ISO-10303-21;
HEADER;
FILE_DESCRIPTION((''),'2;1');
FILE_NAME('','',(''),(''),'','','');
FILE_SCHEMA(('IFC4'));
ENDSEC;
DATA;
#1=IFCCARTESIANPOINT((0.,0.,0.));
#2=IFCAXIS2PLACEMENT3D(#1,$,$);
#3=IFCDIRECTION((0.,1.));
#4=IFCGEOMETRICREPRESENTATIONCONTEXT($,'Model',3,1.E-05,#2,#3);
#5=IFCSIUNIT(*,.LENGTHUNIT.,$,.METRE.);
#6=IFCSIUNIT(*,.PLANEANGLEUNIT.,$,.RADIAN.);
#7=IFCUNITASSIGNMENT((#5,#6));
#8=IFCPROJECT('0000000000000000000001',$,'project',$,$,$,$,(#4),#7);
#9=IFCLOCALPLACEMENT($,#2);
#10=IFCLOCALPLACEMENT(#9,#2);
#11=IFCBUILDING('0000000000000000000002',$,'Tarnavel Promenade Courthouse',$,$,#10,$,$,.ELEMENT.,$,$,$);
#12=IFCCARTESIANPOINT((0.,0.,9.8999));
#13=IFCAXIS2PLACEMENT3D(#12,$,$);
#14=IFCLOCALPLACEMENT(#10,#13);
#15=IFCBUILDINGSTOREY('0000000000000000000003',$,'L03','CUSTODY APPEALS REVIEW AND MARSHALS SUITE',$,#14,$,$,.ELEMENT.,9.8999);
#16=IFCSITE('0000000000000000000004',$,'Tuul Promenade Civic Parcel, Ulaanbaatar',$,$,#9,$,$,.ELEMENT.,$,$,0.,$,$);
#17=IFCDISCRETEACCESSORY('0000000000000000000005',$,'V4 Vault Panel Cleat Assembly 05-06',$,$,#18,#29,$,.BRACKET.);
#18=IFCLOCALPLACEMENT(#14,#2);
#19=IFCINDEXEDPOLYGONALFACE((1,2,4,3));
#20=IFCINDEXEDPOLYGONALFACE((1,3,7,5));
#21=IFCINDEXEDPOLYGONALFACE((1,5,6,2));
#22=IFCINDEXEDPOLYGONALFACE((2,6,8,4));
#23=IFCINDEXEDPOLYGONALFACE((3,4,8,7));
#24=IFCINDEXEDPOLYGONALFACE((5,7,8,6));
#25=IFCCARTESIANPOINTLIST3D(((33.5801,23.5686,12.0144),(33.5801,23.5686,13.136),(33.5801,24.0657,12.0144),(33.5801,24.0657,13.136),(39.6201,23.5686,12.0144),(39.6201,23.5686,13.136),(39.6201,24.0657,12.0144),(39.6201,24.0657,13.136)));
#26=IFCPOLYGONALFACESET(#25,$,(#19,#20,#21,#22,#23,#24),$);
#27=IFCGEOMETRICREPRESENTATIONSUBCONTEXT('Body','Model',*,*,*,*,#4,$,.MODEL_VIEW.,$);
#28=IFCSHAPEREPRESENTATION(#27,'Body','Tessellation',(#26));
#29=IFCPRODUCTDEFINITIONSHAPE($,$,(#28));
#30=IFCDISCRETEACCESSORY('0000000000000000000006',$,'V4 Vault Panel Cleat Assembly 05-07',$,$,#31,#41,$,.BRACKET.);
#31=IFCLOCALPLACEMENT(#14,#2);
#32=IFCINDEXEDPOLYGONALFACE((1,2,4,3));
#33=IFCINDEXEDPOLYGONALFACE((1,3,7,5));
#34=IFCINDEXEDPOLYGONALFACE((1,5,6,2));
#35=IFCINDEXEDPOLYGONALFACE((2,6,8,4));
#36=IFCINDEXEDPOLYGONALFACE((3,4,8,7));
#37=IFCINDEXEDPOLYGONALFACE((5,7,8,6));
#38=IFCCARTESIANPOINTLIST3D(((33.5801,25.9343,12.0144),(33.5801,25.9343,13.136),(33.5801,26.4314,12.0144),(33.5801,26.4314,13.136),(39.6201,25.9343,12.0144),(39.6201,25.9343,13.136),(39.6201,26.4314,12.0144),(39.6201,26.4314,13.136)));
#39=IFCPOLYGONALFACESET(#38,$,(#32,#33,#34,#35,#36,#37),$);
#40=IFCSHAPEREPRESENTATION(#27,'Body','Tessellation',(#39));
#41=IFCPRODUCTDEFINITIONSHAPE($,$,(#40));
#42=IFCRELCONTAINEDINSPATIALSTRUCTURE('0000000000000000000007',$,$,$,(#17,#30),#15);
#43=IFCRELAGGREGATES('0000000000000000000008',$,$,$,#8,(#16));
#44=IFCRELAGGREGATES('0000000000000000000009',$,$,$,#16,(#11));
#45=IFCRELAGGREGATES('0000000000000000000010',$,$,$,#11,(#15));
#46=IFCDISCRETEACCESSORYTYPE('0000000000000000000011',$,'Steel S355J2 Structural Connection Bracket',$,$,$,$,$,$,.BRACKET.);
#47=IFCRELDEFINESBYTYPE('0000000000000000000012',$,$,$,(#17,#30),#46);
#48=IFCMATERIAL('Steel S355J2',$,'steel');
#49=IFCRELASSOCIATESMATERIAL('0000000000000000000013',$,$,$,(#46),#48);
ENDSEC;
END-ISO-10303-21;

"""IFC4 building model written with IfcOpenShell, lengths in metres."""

from ifc_helpers import new_model, si_unit, direction, frame, origin, origin_2d, place, context, subcontext, project, spatial, rectangle, extrude, material, type_object, element, save


model = new_model("IFC4")

# Units and contexts
model_context = context("Model", 3, precision=1e-05, world=origin(), true_north=direction((0.0, 1.0)))
body_context = subcontext(model_context, "Body", "Model", "MODEL_VIEW")
ifc_project = project(units=[si_unit("LENGTHUNIT", "METRE"), si_unit("PLANEANGLEUNIT", "RADIAN")], contexts=[model_context])

# Site, building, storey
site_placement = place(None, origin())
site = spatial("IfcSite", under=ifc_project, at=site_placement, Name="Tuul Promenade Civic Parcel, Ulaanbaatar", CompositionType="ELEMENT", RefElevation=0.0)
building_placement = place(site_placement, origin())
building = spatial("IfcBuilding", under=site, at=building_placement, Name="Tarnavel Promenade Courthouse", CompositionType="ELEMENT")
storey_placement = place(building_placement, frame((0.0, 0.0, 9.8999)))
storey = spatial("IfcBuildingStorey", under=building, at=storey_placement, Name="L03", Description="CUSTODY APPEALS REVIEW AND MARSHALS SUITE", CompositionType="ELEMENT", Elevation=9.8999)

# Shared definitions
ifc_material_1 = material(Name="Steel S355J2", Category="steel")

# Discrete accessories
discrete_accessory_type = type_object("IfcDiscreteAccessoryType", Name="Steel S355J2 Structural Connection Bracket", PredefinedType="BRACKET", material=ifc_material_1)
for number, where, z_axis, x_axis, name in (
    (1, (36.6001, 23.8171, 12.0144), (0.0, 0.0, 1.0), (1.0, 0.0, 0.0), "V4 Vault Panel Cleat Assembly 05-06"),
    (2, (36.6001, 26.1829, 12.0144), (0.0, 0.0, 1.0), (1.0, 0.0, 0.0), "V4 Vault Panel Cleat Assembly 05-07"),
):
    element("IfcDiscreteAccessory", number, at=place(storey_placement, frame(where, z_axis=z_axis, x_axis=x_axis)), inside=storey, type_object=discrete_accessory_type, Name=name, PredefinedType="BRACKET", context=body_context, shape_type="SweptSolid", body=[
        extrude(rectangle(XDim=6.04, YDim=0.4971, at=origin_2d()), origin(), (0.0, 0.0, 1.0), 1.1216),
    ])

save(model, "model.ifc")
